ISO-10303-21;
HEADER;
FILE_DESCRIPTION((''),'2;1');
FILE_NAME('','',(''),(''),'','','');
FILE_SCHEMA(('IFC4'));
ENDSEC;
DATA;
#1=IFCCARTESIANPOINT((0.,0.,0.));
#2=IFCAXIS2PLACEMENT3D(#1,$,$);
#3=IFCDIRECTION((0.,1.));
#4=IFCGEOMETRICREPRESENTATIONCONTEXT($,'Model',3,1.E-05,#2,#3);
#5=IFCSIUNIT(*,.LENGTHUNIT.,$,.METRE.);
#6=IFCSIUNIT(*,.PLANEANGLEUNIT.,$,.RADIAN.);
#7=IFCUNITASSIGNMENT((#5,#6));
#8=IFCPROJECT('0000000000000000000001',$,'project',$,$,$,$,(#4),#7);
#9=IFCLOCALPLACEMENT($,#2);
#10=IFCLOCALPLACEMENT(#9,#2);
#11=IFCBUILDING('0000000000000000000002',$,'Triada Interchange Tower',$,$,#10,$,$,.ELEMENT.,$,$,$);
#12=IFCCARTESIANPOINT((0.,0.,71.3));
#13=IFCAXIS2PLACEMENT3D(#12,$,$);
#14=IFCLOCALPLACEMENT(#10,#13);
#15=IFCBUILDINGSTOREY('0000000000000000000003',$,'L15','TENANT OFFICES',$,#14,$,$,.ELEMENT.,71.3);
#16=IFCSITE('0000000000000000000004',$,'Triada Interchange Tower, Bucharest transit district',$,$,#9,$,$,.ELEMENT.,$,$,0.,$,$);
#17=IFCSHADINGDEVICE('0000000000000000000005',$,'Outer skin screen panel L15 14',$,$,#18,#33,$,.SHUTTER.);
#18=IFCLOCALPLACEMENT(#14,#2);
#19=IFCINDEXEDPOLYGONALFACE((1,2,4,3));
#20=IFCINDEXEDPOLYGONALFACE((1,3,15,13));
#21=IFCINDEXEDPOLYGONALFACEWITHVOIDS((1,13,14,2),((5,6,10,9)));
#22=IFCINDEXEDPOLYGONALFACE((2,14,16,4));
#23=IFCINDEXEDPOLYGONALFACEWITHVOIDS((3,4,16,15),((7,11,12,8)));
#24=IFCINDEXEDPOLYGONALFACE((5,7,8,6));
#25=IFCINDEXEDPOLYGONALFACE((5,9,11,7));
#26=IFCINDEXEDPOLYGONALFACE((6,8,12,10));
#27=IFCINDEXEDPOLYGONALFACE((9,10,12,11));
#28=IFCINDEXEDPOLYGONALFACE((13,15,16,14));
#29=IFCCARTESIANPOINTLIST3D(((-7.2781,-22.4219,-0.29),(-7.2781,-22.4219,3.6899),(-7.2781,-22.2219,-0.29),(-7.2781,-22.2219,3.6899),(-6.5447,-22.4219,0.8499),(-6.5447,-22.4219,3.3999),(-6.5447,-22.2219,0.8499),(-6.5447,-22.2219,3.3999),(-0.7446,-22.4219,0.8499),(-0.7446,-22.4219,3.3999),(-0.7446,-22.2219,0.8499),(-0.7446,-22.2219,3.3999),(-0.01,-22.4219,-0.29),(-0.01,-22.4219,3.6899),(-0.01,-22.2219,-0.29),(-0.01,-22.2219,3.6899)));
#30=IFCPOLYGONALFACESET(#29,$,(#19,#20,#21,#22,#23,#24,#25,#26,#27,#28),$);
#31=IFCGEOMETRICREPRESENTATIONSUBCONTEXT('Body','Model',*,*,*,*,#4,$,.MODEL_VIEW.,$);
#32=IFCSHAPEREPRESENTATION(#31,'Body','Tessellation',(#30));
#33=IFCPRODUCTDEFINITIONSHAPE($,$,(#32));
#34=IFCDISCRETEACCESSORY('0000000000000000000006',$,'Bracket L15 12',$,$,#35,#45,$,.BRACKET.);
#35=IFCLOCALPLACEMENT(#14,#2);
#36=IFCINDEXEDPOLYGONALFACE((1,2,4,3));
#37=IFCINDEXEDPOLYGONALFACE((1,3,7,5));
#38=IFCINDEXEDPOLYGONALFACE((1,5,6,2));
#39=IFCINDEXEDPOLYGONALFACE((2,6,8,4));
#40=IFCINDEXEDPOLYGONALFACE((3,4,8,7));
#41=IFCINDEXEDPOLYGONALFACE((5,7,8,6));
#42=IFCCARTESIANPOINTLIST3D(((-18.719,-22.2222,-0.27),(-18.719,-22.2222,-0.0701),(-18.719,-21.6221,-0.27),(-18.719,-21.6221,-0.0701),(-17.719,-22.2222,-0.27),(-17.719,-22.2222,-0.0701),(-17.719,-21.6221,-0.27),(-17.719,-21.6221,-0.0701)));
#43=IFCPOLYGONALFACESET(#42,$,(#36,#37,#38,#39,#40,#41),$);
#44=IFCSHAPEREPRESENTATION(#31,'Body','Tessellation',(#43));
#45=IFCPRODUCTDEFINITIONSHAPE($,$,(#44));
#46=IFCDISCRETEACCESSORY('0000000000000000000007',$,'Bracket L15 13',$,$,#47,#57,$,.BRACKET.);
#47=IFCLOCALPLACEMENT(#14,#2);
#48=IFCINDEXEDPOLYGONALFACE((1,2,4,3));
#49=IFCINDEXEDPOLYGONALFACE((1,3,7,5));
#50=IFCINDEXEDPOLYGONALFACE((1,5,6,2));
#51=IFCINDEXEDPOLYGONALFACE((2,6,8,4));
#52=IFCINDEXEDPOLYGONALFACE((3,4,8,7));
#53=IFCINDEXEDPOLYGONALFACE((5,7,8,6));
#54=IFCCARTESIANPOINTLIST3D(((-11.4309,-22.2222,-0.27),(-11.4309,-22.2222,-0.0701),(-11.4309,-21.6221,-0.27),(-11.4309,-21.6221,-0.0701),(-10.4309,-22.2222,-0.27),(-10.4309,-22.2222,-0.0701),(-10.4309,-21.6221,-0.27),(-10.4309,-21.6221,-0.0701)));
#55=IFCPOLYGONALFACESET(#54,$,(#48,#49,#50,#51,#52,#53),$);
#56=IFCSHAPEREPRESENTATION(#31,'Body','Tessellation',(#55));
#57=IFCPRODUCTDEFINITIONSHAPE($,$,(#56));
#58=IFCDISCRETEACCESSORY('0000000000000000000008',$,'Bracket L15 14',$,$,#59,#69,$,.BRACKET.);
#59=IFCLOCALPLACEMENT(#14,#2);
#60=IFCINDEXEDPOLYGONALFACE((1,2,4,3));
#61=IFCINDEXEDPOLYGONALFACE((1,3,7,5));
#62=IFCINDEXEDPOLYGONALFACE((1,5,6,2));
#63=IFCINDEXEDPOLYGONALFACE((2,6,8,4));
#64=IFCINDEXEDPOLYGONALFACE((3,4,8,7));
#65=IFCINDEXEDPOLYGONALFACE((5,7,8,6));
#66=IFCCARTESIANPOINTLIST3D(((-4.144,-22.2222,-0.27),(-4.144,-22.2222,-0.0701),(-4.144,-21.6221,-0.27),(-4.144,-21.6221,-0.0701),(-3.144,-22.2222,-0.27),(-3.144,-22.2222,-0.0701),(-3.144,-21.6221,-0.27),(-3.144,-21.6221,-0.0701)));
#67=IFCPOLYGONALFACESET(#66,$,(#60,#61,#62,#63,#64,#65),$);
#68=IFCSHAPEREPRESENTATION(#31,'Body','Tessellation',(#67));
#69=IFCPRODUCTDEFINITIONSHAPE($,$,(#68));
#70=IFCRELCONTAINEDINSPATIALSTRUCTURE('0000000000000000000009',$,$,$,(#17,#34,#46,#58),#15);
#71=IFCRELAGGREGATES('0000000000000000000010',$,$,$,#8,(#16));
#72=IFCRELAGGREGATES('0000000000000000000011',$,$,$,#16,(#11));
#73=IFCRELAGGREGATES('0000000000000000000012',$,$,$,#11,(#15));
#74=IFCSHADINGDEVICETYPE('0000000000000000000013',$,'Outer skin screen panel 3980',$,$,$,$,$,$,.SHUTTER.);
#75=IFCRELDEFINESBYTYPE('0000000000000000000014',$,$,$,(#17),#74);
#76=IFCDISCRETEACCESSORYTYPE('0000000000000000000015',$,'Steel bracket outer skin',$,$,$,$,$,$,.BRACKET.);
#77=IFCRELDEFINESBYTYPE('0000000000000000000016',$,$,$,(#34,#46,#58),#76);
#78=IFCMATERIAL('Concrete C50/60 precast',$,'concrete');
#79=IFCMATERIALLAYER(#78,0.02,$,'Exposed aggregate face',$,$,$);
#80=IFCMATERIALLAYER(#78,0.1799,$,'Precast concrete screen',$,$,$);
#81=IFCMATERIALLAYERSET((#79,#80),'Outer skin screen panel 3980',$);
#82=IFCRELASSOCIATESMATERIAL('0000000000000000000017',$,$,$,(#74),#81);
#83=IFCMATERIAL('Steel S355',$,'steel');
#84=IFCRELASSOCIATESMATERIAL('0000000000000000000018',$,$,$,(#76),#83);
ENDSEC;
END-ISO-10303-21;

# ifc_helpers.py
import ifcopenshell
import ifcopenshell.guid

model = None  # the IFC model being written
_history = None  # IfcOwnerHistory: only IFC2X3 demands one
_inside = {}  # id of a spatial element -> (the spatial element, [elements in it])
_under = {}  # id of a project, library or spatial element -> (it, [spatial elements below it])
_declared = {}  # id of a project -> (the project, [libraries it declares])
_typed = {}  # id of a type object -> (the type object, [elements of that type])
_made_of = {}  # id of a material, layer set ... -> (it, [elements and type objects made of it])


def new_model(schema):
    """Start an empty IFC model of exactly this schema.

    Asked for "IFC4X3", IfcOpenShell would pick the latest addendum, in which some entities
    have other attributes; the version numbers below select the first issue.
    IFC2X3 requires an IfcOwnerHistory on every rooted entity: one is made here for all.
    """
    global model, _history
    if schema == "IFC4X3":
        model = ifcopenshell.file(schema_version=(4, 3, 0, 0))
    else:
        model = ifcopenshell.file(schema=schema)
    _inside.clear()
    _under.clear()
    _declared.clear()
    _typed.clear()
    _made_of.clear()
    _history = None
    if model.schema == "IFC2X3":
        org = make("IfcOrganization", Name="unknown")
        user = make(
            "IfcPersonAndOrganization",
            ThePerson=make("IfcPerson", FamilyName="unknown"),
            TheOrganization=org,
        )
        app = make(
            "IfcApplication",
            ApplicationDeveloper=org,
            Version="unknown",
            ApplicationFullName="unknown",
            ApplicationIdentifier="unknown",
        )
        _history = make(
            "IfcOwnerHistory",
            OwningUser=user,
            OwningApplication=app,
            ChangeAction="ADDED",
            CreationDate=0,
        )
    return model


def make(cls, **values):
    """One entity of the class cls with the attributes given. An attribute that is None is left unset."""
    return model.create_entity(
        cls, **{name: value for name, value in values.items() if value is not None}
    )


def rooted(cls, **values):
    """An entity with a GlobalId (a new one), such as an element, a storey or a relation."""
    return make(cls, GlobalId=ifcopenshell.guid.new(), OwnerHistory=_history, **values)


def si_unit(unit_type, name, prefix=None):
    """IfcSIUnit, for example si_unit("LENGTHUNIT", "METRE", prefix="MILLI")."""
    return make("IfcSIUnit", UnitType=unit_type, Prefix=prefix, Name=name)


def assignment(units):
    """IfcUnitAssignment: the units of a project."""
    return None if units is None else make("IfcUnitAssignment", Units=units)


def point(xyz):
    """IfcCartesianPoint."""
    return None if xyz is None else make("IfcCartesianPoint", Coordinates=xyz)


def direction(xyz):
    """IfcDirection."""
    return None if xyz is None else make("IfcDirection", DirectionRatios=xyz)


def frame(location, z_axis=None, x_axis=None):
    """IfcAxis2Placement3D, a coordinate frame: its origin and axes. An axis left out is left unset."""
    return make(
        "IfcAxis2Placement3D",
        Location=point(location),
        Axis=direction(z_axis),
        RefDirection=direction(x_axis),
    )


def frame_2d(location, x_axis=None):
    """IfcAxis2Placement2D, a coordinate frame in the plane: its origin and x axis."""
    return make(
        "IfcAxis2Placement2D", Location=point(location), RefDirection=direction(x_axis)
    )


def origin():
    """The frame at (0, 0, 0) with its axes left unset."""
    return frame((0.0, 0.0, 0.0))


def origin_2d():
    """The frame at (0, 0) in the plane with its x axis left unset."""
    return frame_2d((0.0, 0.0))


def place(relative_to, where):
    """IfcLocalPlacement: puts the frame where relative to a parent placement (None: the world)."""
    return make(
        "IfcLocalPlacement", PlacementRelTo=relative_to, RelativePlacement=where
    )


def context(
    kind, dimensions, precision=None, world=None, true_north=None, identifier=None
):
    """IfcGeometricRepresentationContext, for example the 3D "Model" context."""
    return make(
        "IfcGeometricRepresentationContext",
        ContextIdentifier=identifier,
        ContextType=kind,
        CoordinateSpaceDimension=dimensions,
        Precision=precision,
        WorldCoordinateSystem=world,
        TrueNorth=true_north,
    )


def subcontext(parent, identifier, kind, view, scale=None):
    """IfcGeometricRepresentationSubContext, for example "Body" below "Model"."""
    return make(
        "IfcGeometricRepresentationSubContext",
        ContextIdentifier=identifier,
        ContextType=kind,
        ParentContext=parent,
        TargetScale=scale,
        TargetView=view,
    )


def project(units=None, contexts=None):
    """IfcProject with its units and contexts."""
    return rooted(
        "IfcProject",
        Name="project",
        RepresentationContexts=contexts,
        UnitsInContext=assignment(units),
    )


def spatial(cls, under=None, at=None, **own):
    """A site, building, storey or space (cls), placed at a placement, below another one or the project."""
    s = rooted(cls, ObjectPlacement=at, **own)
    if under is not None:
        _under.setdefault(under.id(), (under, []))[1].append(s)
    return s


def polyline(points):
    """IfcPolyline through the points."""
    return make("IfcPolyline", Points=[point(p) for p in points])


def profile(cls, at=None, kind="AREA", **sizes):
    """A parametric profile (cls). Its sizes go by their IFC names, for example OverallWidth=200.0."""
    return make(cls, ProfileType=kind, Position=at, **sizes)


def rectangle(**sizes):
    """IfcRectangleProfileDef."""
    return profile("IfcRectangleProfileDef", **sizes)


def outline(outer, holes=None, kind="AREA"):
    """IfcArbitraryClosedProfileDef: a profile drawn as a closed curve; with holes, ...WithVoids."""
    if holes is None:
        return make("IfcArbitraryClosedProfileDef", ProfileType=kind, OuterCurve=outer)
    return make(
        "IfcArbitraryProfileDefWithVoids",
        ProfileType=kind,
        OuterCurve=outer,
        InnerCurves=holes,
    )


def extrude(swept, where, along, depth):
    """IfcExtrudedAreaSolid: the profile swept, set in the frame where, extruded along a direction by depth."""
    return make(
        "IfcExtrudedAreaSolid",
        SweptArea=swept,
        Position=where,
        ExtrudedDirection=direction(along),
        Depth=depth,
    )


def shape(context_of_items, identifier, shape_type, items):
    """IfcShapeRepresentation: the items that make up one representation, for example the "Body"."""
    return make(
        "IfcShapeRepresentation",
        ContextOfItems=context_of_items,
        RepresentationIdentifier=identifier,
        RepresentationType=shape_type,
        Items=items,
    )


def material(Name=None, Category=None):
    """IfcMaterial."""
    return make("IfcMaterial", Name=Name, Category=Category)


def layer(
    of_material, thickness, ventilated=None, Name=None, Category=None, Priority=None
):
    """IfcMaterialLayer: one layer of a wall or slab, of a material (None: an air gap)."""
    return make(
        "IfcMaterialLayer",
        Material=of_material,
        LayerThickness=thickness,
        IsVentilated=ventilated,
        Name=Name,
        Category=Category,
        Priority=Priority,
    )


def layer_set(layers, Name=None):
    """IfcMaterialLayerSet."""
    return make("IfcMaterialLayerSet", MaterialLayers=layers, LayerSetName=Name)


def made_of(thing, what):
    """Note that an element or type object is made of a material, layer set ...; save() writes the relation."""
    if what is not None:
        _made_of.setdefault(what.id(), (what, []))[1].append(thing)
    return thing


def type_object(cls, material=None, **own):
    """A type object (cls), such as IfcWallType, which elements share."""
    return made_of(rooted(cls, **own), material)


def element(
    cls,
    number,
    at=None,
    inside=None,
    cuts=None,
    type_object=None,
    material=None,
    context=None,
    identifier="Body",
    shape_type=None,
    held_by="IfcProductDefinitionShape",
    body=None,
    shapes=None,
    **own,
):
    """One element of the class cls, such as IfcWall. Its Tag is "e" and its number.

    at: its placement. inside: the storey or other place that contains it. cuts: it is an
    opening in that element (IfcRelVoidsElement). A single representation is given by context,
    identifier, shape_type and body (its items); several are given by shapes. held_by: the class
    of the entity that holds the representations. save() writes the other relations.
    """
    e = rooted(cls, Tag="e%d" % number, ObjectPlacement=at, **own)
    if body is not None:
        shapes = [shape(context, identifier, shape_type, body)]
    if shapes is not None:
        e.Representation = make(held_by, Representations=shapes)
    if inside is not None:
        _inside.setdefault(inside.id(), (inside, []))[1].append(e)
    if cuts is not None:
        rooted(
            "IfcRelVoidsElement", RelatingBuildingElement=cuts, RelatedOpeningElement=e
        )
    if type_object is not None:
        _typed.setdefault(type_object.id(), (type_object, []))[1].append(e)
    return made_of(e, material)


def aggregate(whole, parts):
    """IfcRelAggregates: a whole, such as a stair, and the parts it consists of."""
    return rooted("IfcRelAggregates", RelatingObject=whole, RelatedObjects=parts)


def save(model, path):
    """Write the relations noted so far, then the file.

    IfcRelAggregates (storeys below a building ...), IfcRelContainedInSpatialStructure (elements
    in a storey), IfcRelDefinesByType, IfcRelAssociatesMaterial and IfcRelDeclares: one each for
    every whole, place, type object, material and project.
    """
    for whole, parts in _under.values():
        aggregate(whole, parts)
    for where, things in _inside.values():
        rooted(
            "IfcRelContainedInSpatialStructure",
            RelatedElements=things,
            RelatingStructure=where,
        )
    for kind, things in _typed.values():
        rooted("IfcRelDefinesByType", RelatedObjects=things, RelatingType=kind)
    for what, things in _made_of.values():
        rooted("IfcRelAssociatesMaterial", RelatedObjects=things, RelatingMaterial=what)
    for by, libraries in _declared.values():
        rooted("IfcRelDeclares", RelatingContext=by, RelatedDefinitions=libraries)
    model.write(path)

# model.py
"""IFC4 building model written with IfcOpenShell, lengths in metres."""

from ifc_helpers import new_model, si_unit, direction, frame, origin, origin_2d, place, context, subcontext, project, spatial, polyline, rectangle, outline, extrude, material, layer, layer_set, type_object, element, save


model = new_model("IFC4")

# Units and contexts
model_context = context("Model", 3, precision=1e-05, world=origin(), true_north=direction((0.0, 1.0)))
body_context = subcontext(model_context, "Body", "Model", "MODEL_VIEW")
ifc_project = project(units=[si_unit("LENGTHUNIT", "METRE"), si_unit("PLANEANGLEUNIT", "RADIAN")], contexts=[model_context])

# Site, building, storey
site_placement = place(None, origin())
site = spatial("IfcSite", under=ifc_project, at=site_placement, Name="Triada Interchange Tower, Bucharest transit district", CompositionType="ELEMENT", RefElevation=0.0)
building_placement = place(site_placement, origin())
building = spatial("IfcBuilding", under=site, at=building_placement, Name="Triada Interchange Tower", CompositionType="ELEMENT")
storey_placement = place(building_placement, frame((0.0, 0.0, 71.3)))
storey = spatial("IfcBuildingStorey", under=building, at=storey_placement, Name="L15", Description="TENANT OFFICES", CompositionType="ELEMENT", Elevation=71.3)

# Shading device
ifc_material_1 = material(Name="Concrete C50/60 precast", Category="concrete")
ifc_layer_1 = layer(ifc_material_1, 0.02, Name="Exposed aggregate face")
ifc_layer_2 = layer(ifc_material_1, 0.1799, Name="Precast concrete screen")
ifc_layer_set_1 = layer_set([ifc_layer_1, ifc_layer_2], Name="Outer skin screen panel 3980")
shading_device_type = type_object("IfcShadingDeviceType", Name="Outer skin screen panel 3980", PredefinedType="SHUTTER", material=ifc_layer_set_1)
shading_device_1_placement = place(storey_placement, frame((-7.2781, -22.2219, -0.29), z_axis=(0.0, 0.0, 1.0), x_axis=(1.0, 0.0, 0.0)))
element("IfcShadingDevice", 1, at=shading_device_1_placement, inside=storey, type_object=shading_device_type, Name="Outer skin screen panel L15 14", PredefinedType="SHUTTER", context=body_context, shape_type="SweptSolid", body=[
    extrude(outline(polyline([(0.0, 0.0), (7.2681, 0.0), (7.2681, 3.98), (0.0, 3.98), (0.0, 0.0)]), holes=[polyline([(0.7334, 1.1399), (0.7334, 3.6899), (6.5334, 3.6899), (6.5334, 1.1399), (0.7334, 1.1399)])]), frame((0.0, 0.0, 0.0), z_axis=(0.0, -1.0, 0.0), x_axis=(1.0, 0.0, 0.0)), (0.0, 0.0, 1.0), 0.2),
])

# Discrete accessories
ifc_material_2 = material(Name="Steel S355", Category="steel")
discrete_accessory_type = type_object("IfcDiscreteAccessoryType", Name="Steel bracket outer skin", PredefinedType="BRACKET", material=ifc_material_2)
for number, where, z_axis, x_axis, name in (
    (2, (-18.219, -21.9221, -0.27), (0.0, 0.0, 1.0), (0.0, -1.0, 0.0), "Bracket L15 12"),
    (3, (-10.9309, -21.9221, -0.27), (0.0, 0.0, 1.0), (0.0, -1.0, 0.0), "Bracket L15 13"),
    (4, (-3.644, -21.9221, -0.27), (0.0, 0.0, 1.0), (0.0, -1.0, 0.0), "Bracket L15 14"),
):
    element("IfcDiscreteAccessory", number, at=place(storey_placement, frame(where, z_axis=z_axis, x_axis=x_axis)), inside=storey, type_object=discrete_accessory_type, Name=name, PredefinedType="BRACKET", context=body_context, shape_type="SweptSolid", body=[
        extrude(rectangle(XDim=0.6001, YDim=1.0, at=origin_2d()), origin(), (0.0, 0.0, 1.0), 0.2),
    ])

save(model, "model.ifc")
